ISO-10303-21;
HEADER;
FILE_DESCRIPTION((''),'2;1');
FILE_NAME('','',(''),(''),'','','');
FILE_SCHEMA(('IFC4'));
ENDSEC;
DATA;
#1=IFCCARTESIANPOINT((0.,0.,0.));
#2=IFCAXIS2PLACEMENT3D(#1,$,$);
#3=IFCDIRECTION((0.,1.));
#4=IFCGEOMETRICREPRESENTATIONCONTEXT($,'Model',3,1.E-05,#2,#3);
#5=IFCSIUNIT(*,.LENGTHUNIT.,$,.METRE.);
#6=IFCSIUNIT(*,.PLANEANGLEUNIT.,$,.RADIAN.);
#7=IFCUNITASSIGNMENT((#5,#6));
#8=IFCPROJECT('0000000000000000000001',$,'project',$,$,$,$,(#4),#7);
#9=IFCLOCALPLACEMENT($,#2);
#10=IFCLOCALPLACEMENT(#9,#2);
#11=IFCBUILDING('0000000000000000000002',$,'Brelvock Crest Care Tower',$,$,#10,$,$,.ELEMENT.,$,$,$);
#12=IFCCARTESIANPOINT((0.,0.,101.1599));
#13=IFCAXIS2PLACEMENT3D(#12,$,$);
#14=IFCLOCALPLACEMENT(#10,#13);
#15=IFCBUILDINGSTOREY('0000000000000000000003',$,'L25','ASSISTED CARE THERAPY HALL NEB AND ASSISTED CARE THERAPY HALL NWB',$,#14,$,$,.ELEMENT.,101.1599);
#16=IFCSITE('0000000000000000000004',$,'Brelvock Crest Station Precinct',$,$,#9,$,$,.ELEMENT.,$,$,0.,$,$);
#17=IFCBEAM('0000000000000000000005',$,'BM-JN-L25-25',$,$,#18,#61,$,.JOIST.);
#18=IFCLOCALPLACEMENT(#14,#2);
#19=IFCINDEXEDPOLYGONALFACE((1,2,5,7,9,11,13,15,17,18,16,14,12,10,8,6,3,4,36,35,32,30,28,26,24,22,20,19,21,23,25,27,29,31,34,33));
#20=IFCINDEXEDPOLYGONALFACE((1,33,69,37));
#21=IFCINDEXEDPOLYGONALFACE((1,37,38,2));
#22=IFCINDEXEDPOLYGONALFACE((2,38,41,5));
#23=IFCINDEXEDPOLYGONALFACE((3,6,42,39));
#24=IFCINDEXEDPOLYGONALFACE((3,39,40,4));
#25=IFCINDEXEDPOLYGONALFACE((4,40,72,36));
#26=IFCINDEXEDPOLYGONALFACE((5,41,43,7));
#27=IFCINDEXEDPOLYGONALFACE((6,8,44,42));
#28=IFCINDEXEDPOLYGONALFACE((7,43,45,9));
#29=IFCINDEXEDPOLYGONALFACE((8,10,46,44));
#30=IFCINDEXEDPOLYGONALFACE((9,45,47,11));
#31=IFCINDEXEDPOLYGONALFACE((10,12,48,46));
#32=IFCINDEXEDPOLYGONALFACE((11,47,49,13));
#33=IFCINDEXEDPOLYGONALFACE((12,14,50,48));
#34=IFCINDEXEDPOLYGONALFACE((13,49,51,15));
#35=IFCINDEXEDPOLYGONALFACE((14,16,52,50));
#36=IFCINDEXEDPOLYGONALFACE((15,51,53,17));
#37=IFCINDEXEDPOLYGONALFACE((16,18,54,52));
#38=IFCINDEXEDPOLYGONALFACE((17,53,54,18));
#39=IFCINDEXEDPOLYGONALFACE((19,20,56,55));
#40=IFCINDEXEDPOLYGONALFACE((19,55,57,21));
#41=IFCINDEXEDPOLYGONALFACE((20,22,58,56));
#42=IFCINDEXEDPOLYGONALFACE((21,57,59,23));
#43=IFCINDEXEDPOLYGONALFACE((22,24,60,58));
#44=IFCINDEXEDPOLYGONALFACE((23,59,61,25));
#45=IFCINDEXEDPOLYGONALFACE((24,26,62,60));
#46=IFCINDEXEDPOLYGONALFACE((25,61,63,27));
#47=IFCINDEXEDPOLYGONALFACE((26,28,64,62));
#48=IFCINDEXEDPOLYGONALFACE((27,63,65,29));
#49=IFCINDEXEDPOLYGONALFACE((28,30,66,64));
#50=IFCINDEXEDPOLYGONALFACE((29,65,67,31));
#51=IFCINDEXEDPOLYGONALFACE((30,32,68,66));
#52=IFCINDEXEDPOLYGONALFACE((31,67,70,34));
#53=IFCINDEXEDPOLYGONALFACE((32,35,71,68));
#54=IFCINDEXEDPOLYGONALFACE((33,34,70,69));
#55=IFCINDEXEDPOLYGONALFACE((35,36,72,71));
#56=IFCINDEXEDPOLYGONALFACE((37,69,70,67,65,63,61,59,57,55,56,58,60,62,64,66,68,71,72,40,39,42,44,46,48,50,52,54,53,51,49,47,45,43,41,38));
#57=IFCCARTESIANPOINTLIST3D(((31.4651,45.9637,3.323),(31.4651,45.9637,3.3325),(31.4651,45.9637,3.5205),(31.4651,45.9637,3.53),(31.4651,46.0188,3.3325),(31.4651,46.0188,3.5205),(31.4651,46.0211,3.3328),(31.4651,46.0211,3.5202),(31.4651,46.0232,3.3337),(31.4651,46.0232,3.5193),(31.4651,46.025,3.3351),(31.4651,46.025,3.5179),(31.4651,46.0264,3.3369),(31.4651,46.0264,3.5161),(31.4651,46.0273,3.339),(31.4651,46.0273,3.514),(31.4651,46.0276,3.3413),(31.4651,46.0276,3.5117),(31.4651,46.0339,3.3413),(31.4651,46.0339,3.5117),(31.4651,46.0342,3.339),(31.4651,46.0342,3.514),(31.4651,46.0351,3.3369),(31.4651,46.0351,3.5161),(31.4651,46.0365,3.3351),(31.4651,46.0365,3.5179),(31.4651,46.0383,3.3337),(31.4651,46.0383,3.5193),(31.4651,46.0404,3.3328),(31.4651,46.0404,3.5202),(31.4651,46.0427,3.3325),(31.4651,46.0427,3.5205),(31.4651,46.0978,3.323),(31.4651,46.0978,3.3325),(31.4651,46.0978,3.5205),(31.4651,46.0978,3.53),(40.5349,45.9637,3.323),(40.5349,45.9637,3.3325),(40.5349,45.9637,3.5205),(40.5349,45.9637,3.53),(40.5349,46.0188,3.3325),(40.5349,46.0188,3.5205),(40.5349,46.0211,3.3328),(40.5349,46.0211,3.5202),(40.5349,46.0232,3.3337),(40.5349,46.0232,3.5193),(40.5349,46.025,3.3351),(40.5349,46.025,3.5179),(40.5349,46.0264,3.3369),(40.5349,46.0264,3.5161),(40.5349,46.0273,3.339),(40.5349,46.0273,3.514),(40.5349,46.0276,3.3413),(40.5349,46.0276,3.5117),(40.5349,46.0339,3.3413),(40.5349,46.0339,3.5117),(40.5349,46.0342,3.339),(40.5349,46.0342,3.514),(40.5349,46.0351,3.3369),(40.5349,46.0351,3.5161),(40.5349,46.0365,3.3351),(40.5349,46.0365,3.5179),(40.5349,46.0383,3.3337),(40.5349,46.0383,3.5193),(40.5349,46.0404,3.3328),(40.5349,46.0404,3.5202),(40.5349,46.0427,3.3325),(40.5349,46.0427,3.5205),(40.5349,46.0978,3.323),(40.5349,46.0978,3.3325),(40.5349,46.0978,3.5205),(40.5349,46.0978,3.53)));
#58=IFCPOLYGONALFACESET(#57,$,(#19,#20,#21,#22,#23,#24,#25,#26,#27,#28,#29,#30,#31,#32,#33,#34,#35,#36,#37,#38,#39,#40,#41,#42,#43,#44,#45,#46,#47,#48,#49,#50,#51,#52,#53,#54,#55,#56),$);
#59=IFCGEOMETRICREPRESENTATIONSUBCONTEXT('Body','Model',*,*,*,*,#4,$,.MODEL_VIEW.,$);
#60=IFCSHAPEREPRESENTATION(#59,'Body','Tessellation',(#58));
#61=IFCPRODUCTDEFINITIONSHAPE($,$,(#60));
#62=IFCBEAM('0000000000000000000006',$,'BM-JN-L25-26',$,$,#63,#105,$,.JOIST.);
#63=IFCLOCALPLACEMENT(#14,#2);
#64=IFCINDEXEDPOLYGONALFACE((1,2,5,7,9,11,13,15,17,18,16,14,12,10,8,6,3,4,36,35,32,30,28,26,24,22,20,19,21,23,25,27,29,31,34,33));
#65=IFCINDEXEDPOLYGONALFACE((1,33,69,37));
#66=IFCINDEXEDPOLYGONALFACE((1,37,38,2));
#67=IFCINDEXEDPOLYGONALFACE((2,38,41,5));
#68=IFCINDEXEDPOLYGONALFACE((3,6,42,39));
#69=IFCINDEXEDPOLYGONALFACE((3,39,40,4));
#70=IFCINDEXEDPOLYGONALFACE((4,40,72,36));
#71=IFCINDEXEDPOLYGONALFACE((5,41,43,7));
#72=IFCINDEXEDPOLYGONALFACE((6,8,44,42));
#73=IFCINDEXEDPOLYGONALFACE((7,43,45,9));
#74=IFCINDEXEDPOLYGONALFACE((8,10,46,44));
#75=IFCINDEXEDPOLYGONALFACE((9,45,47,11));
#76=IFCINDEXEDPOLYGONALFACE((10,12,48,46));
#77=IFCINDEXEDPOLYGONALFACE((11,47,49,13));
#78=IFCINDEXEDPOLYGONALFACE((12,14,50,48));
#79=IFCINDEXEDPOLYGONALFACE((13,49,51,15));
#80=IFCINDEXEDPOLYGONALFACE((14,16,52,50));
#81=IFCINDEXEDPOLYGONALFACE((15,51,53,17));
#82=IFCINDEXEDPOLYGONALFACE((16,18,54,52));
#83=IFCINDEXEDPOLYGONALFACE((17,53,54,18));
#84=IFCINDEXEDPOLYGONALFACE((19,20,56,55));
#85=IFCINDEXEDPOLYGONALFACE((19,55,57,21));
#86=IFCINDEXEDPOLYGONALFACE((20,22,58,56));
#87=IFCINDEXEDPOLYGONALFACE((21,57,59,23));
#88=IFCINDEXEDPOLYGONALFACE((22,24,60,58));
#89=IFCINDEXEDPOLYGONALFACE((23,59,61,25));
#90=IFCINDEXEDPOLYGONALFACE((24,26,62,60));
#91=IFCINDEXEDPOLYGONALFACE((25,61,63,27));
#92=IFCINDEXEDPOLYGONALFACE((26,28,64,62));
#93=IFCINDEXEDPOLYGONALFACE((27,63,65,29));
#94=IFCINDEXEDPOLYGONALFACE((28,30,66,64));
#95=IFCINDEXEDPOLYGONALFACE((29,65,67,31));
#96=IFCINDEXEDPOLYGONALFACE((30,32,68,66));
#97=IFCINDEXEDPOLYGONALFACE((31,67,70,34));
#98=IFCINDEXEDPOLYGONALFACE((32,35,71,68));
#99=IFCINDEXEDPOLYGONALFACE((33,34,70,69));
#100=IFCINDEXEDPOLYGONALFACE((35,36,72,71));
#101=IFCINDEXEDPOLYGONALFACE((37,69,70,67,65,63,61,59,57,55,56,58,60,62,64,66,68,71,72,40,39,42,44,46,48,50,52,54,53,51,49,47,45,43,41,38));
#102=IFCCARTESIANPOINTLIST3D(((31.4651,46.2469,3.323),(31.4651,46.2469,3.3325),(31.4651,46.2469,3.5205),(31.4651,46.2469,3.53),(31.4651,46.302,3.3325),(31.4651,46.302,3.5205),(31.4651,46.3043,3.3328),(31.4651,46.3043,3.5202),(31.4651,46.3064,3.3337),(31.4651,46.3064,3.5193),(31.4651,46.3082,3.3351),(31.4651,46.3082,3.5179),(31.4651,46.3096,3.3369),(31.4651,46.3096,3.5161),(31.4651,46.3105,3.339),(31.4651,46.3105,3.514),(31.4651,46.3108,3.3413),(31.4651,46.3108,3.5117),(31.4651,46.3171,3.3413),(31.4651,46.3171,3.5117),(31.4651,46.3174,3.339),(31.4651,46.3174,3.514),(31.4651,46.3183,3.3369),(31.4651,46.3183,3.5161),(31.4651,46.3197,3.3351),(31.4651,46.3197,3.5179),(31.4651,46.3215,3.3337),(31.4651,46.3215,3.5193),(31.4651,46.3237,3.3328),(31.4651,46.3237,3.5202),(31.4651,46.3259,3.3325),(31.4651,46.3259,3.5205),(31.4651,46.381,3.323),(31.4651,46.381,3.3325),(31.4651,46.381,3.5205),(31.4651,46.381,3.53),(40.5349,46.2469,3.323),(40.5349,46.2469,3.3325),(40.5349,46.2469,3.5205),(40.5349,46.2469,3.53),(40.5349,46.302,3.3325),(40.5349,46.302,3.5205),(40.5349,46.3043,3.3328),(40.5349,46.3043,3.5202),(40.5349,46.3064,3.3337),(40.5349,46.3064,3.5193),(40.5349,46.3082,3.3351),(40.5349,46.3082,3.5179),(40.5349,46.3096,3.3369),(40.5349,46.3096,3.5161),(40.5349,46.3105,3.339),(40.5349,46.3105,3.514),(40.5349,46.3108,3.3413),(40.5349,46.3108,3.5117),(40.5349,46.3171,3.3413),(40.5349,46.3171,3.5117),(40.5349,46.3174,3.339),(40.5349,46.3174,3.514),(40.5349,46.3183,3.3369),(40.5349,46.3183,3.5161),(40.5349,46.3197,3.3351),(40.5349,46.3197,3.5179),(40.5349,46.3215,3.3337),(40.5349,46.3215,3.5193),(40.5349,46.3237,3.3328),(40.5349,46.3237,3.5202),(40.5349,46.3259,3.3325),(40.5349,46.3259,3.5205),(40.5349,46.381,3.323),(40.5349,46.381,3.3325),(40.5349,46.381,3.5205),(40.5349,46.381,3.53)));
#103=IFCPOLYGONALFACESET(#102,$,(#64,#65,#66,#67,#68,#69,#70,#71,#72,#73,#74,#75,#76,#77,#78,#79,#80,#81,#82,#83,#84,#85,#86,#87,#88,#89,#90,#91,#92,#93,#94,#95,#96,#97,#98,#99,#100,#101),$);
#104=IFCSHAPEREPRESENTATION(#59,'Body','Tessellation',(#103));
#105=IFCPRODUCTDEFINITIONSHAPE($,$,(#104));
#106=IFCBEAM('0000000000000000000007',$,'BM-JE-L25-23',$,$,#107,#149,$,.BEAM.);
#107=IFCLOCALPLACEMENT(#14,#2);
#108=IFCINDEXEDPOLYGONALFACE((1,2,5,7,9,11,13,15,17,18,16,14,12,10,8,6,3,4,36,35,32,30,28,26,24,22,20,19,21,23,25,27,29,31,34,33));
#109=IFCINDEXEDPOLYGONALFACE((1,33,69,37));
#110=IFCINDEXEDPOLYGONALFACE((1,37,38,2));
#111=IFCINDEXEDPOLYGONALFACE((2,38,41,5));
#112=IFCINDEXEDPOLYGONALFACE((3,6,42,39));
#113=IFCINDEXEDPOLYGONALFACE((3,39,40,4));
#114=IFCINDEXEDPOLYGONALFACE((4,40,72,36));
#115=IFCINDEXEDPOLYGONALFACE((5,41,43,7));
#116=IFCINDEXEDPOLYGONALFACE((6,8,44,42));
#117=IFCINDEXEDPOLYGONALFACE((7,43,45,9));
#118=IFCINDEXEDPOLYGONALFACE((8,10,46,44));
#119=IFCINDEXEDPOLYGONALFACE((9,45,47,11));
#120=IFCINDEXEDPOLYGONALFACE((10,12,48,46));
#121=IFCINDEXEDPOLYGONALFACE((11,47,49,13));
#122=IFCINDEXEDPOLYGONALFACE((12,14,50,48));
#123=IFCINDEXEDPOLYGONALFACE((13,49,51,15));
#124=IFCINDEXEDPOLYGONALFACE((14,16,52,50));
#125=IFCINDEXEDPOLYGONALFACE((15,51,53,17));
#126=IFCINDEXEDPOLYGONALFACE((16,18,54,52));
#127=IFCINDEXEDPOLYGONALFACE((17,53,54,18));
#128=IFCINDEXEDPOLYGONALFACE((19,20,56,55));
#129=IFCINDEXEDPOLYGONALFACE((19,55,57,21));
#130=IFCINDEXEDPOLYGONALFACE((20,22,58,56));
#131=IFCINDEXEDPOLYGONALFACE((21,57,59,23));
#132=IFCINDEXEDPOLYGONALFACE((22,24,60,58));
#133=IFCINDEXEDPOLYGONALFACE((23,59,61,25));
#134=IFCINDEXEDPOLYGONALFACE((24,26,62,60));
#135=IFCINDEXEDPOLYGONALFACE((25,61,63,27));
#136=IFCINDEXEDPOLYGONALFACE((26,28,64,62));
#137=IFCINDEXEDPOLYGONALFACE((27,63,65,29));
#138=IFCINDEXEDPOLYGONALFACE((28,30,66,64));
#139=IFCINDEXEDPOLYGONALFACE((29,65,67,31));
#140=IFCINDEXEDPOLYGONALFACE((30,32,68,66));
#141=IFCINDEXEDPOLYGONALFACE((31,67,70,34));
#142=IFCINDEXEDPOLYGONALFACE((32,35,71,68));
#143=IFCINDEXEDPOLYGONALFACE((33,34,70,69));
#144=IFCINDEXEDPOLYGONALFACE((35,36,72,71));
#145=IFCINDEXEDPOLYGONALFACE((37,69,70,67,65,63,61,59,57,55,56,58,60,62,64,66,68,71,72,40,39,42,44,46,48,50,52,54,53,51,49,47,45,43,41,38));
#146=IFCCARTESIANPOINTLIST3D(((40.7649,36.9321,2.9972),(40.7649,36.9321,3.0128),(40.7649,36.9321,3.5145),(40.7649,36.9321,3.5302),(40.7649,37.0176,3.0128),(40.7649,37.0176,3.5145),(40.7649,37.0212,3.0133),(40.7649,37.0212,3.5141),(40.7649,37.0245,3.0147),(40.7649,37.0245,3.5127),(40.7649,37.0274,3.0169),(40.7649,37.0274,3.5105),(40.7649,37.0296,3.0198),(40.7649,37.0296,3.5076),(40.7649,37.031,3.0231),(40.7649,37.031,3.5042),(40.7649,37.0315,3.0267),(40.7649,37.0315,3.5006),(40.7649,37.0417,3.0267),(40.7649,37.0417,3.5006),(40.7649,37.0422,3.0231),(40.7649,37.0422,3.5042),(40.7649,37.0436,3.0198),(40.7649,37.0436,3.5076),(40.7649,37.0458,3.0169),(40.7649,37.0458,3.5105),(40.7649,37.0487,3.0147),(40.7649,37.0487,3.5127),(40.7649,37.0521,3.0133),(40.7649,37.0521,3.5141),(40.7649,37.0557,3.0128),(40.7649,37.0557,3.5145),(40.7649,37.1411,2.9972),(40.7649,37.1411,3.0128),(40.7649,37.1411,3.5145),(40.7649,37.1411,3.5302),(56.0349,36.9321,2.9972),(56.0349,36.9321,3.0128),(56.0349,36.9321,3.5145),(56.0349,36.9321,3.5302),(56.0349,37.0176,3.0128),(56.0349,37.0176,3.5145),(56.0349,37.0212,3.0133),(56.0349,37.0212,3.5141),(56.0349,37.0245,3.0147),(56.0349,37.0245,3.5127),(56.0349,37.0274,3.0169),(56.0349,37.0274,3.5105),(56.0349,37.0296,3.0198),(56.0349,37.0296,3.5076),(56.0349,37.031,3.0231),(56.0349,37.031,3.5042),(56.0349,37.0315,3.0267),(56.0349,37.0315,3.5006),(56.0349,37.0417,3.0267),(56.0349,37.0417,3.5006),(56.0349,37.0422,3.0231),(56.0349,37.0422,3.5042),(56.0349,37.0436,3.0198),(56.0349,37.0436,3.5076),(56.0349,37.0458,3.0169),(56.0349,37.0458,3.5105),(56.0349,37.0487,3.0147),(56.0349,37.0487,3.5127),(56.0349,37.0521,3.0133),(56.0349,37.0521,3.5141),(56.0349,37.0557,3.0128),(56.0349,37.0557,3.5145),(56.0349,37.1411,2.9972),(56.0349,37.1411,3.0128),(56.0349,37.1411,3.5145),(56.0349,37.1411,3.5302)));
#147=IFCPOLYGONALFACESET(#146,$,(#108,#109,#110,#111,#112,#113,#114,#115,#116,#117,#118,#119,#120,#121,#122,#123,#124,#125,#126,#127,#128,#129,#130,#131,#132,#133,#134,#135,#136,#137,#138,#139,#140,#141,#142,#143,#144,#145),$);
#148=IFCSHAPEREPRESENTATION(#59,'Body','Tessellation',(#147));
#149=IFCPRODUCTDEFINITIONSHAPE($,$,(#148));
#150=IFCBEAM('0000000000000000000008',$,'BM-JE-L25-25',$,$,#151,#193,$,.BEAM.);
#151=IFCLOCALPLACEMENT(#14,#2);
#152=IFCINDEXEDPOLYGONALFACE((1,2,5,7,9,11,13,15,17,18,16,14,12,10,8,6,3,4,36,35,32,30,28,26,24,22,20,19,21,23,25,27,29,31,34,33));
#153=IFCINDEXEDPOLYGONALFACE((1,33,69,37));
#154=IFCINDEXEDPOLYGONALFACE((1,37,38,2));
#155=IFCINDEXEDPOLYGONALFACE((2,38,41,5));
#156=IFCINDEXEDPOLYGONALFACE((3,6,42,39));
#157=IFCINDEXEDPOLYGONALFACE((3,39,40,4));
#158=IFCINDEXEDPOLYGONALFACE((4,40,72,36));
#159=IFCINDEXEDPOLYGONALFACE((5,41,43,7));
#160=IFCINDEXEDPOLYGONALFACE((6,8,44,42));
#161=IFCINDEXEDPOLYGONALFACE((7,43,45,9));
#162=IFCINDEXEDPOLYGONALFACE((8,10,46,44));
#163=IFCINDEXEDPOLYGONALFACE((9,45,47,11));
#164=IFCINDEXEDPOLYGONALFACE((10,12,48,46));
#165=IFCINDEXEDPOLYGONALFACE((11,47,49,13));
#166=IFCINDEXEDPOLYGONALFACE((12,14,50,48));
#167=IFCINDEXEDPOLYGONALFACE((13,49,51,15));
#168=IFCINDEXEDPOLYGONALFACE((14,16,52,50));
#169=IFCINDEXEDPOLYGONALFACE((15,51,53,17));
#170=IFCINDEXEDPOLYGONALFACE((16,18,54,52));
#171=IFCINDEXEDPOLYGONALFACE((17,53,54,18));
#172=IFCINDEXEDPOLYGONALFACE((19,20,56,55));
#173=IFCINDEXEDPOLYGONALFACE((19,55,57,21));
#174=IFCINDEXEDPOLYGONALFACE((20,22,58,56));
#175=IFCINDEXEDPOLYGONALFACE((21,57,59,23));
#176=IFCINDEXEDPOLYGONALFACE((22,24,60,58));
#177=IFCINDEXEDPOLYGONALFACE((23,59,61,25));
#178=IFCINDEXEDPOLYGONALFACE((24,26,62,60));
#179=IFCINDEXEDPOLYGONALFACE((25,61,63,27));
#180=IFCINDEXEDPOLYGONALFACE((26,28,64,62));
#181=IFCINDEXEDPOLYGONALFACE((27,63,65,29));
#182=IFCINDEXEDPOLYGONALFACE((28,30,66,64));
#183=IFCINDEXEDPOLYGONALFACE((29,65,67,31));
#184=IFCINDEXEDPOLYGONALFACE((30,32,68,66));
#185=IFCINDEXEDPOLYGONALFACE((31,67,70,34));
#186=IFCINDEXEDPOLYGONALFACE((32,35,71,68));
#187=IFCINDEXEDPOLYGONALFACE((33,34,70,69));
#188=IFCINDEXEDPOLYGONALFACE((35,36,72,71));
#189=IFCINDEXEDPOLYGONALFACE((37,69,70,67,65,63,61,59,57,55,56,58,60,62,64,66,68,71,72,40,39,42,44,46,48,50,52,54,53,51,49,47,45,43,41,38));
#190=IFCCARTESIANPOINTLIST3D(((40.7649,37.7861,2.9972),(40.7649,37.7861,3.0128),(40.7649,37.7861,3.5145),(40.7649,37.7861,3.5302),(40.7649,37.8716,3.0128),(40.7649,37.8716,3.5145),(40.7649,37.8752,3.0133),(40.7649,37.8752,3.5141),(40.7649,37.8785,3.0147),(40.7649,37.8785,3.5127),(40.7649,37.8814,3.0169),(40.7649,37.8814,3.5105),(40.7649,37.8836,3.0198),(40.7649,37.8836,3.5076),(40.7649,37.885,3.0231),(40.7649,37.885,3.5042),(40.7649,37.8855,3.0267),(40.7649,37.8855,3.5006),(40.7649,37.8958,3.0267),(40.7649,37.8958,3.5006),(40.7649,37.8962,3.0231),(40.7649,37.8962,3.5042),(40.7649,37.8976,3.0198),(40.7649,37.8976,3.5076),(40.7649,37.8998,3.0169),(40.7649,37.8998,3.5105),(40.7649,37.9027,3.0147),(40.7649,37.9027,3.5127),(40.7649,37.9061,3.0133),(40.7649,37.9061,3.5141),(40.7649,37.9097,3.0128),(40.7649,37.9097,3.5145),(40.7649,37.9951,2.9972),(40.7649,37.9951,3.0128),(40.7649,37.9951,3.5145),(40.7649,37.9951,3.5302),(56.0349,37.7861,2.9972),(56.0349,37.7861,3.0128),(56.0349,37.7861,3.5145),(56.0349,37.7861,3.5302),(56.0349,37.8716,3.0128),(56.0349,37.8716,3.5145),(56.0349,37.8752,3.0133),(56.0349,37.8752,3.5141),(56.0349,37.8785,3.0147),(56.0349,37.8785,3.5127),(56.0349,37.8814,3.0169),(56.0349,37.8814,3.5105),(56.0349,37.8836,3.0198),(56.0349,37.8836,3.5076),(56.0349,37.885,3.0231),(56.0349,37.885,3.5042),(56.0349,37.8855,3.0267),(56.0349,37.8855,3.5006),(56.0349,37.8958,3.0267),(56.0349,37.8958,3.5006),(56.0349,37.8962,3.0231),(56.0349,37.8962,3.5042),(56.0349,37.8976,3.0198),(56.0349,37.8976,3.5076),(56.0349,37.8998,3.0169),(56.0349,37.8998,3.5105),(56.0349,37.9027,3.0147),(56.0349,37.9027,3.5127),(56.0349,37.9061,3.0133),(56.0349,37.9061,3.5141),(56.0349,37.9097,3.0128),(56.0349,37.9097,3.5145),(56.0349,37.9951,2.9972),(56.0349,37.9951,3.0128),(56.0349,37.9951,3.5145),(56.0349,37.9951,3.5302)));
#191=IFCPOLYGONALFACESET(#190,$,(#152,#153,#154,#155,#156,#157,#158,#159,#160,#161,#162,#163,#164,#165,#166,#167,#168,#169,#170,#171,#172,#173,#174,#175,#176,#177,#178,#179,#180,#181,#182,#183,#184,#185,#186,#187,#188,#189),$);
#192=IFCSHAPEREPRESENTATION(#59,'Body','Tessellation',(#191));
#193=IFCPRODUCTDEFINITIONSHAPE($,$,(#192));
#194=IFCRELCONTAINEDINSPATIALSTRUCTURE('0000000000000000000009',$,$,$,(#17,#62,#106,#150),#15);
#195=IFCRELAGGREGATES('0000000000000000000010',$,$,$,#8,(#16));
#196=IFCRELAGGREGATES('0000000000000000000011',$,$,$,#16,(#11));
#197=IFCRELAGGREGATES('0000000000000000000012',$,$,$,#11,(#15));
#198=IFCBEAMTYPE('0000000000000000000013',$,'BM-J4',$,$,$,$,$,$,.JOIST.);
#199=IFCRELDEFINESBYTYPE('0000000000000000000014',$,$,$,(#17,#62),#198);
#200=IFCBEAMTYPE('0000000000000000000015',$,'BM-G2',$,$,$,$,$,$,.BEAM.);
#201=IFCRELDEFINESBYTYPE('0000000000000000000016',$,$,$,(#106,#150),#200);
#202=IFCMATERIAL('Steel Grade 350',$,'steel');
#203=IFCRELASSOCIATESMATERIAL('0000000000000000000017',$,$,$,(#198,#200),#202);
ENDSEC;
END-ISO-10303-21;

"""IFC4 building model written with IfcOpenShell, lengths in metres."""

from ifc_helpers import new_model, si_unit, direction, frame, origin, origin_2d, place, context, subcontext, project, spatial, i_section, extrude, source, transform, mapped, material, material_profile, profile_set, type_object, element, save


model = new_model("IFC4")

# Units and contexts
model_context = context("Model", 3, precision=1e-05, world=origin(), true_north=direction((0.0, 1.0)))
body_context = subcontext(model_context, "Body", "Model", "MODEL_VIEW")
ifc_project = project(units=[si_unit("LENGTHUNIT", "METRE"), si_unit("PLANEANGLEUNIT", "RADIAN")], contexts=[model_context])

# Site, building, storey
site_placement = place(None, origin())
site = spatial("IfcSite", under=ifc_project, at=site_placement, Name="Brelvock Crest Station Precinct", CompositionType="ELEMENT", RefElevation=0.0)
building_placement = place(site_placement, origin())
building = spatial("IfcBuilding", under=site, at=building_placement, Name="Brelvock Crest Care Tower", CompositionType="ELEMENT")
storey_placement = place(building_placement, frame((0.0, 0.0, 101.1599)))
storey = spatial("IfcBuildingStorey", under=building, at=storey_placement, Name="L25", Description="ASSISTED CARE THERAPY HALL NEB AND ASSISTED CARE THERAPY HALL NWB", CompositionType="ELEMENT", Elevation=101.1599)

# Beams
ifc_material_1 = material(Name="Steel Grade 350", Category="steel")
ifc_material_profile_1 = material_profile(ifc_material_1, i_section(OverallWidth=0.134, OverallDepth=0.207, WebThickness=0.0063, FlangeThickness=0.0095, FilletRadius=0.0088, at=origin_2d()), Name="200UB29.8")
ifc_profile_set_1 = profile_set([ifc_material_profile_1], Name="Steel Grade 350")
beam_type_1 = type_object("IfcBeamType", Name="BM-J4", PredefinedType="JOIST", material=ifc_profile_set_1)
shared_shape_1 = source(origin(), body_context, "Body", "SweptSolid", [
    extrude(i_section(OverallWidth=0.134, OverallDepth=0.207, WebThickness=0.0063, FlangeThickness=0.0095, FilletRadius=0.0088, at=origin_2d()), origin(), (0.0, 0.0, 1.0), 9.0698),
])
for number, where, z_axis, x_axis, name in (
    (1, (31.4651, 46.0308, 3.4265), (1.0, 0.0, 0.0), (0.0, 1.0, 0.0), "BM-JN-L25-25"),
    (2, (31.4651, 46.314, 3.4265), (1.0, 0.0, 0.0), (0.0, 1.0, 0.0), "BM-JN-L25-26"),
):
    element("IfcBeam", number, at=place(storey_placement, frame(where, z_axis=z_axis, x_axis=x_axis)), inside=storey, type_object=beam_type_1, Name=name, PredefinedType="JOIST", context=body_context, shape_type="MappedRepresentation", body=[
        mapped(shared_shape_1, transform((0.0, 0.0, 0.0), x_axis=(1.0, 0.0, 0.0), y_axis=(0.0, 1.0, 0.0), z_axis=(0.0, 0.0, 1.0), scale=1.0)),
    ])
ifc_material_profile_2 = material_profile(ifc_material_1, i_section(OverallWidth=0.209, OverallDepth=0.533, WebThickness=0.0103, FlangeThickness=0.0156, FilletRadius=0.0139, at=origin_2d()), Name="530UB92.4")
ifc_profile_set_2 = profile_set([ifc_material_profile_2], Name="Steel Grade 350")
beam_type_2 = type_object("IfcBeamType", Name="BM-G2", PredefinedType="BEAM", material=ifc_profile_set_2)
shared_shape_2 = source(origin(), body_context, "Body", "SweptSolid", [
    extrude(i_section(OverallWidth=0.209, OverallDepth=0.533, WebThickness=0.0103, FlangeThickness=0.0156, FilletRadius=0.0139, at=origin_2d()), origin(), (0.0, 0.0, 1.0), 15.27),
])
for number, where, z_axis, x_axis, name in (
    (3, (40.7649, 37.0366, 3.2637), (1.0, 0.0, 0.0), (0.0, 1.0, 0.0), "BM-JE-L25-23"),
    (4, (40.7649, 37.8906, 3.2637), (1.0, 0.0, 0.0), (0.0, 1.0, 0.0), "BM-JE-L25-25"),
):
    element("IfcBeam", number, at=place(storey_placement, frame(where, z_axis=z_axis, x_axis=x_axis)), inside=storey, type_object=beam_type_2, Name=name, PredefinedType="BEAM", context=body_context, shape_type="MappedRepresentation", body=[
        mapped(shared_shape_2, transform((0.0, 0.0, 0.0), x_axis=(1.0, 0.0, 0.0), y_axis=(0.0, 1.0, 0.0), z_axis=(0.0, 0.0, 1.0), scale=1.0)),
    ])

save(model, "model.ifc")
